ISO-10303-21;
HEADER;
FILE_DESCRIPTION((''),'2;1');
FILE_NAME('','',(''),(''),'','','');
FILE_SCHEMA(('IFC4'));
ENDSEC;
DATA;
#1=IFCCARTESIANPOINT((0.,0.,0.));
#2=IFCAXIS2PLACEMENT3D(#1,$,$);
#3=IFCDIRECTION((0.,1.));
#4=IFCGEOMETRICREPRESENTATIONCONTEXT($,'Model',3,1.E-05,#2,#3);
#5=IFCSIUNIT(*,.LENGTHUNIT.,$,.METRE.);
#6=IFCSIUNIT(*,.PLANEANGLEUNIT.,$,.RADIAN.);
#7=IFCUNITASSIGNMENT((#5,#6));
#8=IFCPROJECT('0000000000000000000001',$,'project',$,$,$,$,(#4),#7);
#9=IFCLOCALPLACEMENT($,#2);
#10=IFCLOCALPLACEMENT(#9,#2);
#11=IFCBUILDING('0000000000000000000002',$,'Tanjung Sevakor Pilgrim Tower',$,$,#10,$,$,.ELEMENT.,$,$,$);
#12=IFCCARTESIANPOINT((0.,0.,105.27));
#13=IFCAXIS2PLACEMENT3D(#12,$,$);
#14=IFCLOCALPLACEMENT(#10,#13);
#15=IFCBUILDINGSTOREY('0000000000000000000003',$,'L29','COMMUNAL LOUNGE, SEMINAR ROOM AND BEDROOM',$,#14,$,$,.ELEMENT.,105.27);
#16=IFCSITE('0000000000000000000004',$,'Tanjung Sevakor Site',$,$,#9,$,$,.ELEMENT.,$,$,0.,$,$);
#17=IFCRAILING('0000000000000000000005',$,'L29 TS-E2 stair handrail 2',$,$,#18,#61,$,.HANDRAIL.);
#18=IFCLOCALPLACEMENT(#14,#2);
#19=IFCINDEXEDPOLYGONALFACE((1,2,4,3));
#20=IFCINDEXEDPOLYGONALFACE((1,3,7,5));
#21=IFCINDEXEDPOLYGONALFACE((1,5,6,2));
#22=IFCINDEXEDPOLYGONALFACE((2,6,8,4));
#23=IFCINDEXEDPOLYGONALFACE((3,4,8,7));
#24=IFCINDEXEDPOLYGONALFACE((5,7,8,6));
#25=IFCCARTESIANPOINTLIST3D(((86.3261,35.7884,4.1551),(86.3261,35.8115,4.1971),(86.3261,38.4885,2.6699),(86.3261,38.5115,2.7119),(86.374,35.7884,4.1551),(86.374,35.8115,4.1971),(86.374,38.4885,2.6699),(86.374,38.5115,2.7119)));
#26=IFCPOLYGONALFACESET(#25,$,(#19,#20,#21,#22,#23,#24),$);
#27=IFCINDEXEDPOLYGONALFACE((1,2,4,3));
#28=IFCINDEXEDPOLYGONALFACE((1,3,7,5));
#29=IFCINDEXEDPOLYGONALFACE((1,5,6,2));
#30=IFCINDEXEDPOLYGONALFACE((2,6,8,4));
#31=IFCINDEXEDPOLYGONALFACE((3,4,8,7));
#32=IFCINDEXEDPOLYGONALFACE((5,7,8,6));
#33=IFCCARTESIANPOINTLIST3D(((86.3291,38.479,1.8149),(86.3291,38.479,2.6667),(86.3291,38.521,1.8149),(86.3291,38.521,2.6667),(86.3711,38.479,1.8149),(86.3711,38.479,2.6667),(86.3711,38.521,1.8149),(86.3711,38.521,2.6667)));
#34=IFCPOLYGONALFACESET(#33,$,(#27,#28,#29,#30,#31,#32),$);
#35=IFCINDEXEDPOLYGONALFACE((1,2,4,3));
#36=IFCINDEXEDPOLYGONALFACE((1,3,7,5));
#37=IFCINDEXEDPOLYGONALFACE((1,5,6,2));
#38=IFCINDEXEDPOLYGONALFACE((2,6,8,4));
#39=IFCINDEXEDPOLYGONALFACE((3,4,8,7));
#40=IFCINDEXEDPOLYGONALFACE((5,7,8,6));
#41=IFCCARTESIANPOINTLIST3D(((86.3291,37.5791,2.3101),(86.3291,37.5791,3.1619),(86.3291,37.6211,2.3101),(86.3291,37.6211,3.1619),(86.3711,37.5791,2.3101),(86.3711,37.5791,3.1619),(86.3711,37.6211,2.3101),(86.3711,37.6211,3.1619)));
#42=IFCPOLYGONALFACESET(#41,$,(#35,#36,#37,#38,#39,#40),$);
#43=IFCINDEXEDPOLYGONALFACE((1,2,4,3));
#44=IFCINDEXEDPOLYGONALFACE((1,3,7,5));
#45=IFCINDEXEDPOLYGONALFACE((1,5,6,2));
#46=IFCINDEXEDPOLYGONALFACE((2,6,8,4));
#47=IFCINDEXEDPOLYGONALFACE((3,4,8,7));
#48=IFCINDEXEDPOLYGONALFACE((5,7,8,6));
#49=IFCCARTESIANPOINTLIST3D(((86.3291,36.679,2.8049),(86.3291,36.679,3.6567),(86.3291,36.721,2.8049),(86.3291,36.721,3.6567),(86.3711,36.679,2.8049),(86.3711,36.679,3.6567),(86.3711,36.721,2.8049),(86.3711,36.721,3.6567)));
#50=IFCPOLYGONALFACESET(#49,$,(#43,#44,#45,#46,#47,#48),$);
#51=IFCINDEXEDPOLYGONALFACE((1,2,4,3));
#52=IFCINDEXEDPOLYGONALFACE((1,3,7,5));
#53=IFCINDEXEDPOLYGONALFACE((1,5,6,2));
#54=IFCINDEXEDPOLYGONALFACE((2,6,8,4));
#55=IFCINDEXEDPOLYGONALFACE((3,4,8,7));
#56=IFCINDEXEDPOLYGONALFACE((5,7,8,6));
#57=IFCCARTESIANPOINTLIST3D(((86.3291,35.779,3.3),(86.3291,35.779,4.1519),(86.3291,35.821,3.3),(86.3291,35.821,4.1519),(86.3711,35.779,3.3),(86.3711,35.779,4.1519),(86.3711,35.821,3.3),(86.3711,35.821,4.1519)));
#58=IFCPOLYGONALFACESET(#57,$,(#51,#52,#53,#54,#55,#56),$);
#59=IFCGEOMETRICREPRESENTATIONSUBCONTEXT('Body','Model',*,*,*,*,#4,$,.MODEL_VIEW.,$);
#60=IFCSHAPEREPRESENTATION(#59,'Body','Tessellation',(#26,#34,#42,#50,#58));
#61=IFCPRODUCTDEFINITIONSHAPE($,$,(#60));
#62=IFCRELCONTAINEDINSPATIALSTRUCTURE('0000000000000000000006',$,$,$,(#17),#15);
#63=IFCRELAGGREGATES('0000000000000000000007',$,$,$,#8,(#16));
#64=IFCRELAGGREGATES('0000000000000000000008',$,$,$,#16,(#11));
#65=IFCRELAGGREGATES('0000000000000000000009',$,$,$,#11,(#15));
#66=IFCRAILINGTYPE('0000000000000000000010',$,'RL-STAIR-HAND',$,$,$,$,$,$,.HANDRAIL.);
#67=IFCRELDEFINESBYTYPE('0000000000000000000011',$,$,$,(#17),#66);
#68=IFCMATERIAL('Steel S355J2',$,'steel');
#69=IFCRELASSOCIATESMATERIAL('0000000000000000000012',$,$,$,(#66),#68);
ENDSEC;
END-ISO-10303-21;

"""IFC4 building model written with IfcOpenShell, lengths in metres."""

from ifc_helpers import new_model, si_unit, direction, frame, origin, place, context, subcontext, project, spatial, rectangle, extrude, material, type_object, element, save


model = new_model("IFC4")

# Units and contexts
model_context = context("Model", 3, precision=1e-05, world=origin(), true_north=direction((0.0, 1.0)))
body_context = subcontext(model_context, "Body", "Model", "MODEL_VIEW")
ifc_project = project(units=[si_unit("LENGTHUNIT", "METRE"), si_unit("PLANEANGLEUNIT", "RADIAN")], contexts=[model_context])

# Site, building, storey
site_placement = place(None, origin())
site = spatial("IfcSite", under=ifc_project, at=site_placement, Name="Tanjung Sevakor Site", CompositionType="ELEMENT", RefElevation=0.0)
building_placement = place(site_placement, origin())
building = spatial("IfcBuilding", under=site, at=building_placement, Name="Tanjung Sevakor Pilgrim Tower", CompositionType="ELEMENT")
storey_placement = place(building_placement, frame((0.0, 0.0, 105.27)))
storey = spatial("IfcBuildingStorey", under=building, at=storey_placement, Name="L29", Description="COMMUNAL LOUNGE, SEMINAR ROOM AND BEDROOM", CompositionType="ELEMENT", Elevation=105.27)

# Railing
ifc_material_1 = material(Name="Steel S355J2", Category="steel")
railing_type_1 = type_object("IfcRailingType", Name="RL-STAIR-HAND", PredefinedType="HANDRAIL", material=ifc_material_1)
railing_1_placement = place(storey_placement, frame((86.3501, 38.5, 1.8149)))
element("IfcRailing", 1, at=railing_1_placement, inside=storey, type_object=railing_type_1, Name="L29 TS-E2 stair handrail 2", PredefinedType="HANDRAIL", context=body_context, shape_type="SweptSolid", body=[
    extrude(rectangle(XDim=0.0479, YDim=0.0479), frame((0.0, 0.0, 0.876), z_axis=(0.0, -0.876198, 0.481952), x_axis=(1.0, 0.0, 0.0)), (0.0, 0.0, 1.0), 3.0815),
    extrude(rectangle(XDim=0.042, YDim=0.042), origin(), (0.0, 0.0, 1.0), 0.8518),
    extrude(rectangle(XDim=0.042, YDim=0.042), frame((0.0, -0.8999, 0.4951)), (0.0, 0.0, 1.0), 0.8518),
    extrude(rectangle(XDim=0.042, YDim=0.042), frame((0.0, -1.8, 0.99)), (0.0, 0.0, 1.0), 0.8518),
    extrude(rectangle(XDim=0.042, YDim=0.042), frame((0.0, -2.7, 1.4851)), (0.0, 0.0, 1.0), 0.8518),
])

save(model, "model.ifc")
